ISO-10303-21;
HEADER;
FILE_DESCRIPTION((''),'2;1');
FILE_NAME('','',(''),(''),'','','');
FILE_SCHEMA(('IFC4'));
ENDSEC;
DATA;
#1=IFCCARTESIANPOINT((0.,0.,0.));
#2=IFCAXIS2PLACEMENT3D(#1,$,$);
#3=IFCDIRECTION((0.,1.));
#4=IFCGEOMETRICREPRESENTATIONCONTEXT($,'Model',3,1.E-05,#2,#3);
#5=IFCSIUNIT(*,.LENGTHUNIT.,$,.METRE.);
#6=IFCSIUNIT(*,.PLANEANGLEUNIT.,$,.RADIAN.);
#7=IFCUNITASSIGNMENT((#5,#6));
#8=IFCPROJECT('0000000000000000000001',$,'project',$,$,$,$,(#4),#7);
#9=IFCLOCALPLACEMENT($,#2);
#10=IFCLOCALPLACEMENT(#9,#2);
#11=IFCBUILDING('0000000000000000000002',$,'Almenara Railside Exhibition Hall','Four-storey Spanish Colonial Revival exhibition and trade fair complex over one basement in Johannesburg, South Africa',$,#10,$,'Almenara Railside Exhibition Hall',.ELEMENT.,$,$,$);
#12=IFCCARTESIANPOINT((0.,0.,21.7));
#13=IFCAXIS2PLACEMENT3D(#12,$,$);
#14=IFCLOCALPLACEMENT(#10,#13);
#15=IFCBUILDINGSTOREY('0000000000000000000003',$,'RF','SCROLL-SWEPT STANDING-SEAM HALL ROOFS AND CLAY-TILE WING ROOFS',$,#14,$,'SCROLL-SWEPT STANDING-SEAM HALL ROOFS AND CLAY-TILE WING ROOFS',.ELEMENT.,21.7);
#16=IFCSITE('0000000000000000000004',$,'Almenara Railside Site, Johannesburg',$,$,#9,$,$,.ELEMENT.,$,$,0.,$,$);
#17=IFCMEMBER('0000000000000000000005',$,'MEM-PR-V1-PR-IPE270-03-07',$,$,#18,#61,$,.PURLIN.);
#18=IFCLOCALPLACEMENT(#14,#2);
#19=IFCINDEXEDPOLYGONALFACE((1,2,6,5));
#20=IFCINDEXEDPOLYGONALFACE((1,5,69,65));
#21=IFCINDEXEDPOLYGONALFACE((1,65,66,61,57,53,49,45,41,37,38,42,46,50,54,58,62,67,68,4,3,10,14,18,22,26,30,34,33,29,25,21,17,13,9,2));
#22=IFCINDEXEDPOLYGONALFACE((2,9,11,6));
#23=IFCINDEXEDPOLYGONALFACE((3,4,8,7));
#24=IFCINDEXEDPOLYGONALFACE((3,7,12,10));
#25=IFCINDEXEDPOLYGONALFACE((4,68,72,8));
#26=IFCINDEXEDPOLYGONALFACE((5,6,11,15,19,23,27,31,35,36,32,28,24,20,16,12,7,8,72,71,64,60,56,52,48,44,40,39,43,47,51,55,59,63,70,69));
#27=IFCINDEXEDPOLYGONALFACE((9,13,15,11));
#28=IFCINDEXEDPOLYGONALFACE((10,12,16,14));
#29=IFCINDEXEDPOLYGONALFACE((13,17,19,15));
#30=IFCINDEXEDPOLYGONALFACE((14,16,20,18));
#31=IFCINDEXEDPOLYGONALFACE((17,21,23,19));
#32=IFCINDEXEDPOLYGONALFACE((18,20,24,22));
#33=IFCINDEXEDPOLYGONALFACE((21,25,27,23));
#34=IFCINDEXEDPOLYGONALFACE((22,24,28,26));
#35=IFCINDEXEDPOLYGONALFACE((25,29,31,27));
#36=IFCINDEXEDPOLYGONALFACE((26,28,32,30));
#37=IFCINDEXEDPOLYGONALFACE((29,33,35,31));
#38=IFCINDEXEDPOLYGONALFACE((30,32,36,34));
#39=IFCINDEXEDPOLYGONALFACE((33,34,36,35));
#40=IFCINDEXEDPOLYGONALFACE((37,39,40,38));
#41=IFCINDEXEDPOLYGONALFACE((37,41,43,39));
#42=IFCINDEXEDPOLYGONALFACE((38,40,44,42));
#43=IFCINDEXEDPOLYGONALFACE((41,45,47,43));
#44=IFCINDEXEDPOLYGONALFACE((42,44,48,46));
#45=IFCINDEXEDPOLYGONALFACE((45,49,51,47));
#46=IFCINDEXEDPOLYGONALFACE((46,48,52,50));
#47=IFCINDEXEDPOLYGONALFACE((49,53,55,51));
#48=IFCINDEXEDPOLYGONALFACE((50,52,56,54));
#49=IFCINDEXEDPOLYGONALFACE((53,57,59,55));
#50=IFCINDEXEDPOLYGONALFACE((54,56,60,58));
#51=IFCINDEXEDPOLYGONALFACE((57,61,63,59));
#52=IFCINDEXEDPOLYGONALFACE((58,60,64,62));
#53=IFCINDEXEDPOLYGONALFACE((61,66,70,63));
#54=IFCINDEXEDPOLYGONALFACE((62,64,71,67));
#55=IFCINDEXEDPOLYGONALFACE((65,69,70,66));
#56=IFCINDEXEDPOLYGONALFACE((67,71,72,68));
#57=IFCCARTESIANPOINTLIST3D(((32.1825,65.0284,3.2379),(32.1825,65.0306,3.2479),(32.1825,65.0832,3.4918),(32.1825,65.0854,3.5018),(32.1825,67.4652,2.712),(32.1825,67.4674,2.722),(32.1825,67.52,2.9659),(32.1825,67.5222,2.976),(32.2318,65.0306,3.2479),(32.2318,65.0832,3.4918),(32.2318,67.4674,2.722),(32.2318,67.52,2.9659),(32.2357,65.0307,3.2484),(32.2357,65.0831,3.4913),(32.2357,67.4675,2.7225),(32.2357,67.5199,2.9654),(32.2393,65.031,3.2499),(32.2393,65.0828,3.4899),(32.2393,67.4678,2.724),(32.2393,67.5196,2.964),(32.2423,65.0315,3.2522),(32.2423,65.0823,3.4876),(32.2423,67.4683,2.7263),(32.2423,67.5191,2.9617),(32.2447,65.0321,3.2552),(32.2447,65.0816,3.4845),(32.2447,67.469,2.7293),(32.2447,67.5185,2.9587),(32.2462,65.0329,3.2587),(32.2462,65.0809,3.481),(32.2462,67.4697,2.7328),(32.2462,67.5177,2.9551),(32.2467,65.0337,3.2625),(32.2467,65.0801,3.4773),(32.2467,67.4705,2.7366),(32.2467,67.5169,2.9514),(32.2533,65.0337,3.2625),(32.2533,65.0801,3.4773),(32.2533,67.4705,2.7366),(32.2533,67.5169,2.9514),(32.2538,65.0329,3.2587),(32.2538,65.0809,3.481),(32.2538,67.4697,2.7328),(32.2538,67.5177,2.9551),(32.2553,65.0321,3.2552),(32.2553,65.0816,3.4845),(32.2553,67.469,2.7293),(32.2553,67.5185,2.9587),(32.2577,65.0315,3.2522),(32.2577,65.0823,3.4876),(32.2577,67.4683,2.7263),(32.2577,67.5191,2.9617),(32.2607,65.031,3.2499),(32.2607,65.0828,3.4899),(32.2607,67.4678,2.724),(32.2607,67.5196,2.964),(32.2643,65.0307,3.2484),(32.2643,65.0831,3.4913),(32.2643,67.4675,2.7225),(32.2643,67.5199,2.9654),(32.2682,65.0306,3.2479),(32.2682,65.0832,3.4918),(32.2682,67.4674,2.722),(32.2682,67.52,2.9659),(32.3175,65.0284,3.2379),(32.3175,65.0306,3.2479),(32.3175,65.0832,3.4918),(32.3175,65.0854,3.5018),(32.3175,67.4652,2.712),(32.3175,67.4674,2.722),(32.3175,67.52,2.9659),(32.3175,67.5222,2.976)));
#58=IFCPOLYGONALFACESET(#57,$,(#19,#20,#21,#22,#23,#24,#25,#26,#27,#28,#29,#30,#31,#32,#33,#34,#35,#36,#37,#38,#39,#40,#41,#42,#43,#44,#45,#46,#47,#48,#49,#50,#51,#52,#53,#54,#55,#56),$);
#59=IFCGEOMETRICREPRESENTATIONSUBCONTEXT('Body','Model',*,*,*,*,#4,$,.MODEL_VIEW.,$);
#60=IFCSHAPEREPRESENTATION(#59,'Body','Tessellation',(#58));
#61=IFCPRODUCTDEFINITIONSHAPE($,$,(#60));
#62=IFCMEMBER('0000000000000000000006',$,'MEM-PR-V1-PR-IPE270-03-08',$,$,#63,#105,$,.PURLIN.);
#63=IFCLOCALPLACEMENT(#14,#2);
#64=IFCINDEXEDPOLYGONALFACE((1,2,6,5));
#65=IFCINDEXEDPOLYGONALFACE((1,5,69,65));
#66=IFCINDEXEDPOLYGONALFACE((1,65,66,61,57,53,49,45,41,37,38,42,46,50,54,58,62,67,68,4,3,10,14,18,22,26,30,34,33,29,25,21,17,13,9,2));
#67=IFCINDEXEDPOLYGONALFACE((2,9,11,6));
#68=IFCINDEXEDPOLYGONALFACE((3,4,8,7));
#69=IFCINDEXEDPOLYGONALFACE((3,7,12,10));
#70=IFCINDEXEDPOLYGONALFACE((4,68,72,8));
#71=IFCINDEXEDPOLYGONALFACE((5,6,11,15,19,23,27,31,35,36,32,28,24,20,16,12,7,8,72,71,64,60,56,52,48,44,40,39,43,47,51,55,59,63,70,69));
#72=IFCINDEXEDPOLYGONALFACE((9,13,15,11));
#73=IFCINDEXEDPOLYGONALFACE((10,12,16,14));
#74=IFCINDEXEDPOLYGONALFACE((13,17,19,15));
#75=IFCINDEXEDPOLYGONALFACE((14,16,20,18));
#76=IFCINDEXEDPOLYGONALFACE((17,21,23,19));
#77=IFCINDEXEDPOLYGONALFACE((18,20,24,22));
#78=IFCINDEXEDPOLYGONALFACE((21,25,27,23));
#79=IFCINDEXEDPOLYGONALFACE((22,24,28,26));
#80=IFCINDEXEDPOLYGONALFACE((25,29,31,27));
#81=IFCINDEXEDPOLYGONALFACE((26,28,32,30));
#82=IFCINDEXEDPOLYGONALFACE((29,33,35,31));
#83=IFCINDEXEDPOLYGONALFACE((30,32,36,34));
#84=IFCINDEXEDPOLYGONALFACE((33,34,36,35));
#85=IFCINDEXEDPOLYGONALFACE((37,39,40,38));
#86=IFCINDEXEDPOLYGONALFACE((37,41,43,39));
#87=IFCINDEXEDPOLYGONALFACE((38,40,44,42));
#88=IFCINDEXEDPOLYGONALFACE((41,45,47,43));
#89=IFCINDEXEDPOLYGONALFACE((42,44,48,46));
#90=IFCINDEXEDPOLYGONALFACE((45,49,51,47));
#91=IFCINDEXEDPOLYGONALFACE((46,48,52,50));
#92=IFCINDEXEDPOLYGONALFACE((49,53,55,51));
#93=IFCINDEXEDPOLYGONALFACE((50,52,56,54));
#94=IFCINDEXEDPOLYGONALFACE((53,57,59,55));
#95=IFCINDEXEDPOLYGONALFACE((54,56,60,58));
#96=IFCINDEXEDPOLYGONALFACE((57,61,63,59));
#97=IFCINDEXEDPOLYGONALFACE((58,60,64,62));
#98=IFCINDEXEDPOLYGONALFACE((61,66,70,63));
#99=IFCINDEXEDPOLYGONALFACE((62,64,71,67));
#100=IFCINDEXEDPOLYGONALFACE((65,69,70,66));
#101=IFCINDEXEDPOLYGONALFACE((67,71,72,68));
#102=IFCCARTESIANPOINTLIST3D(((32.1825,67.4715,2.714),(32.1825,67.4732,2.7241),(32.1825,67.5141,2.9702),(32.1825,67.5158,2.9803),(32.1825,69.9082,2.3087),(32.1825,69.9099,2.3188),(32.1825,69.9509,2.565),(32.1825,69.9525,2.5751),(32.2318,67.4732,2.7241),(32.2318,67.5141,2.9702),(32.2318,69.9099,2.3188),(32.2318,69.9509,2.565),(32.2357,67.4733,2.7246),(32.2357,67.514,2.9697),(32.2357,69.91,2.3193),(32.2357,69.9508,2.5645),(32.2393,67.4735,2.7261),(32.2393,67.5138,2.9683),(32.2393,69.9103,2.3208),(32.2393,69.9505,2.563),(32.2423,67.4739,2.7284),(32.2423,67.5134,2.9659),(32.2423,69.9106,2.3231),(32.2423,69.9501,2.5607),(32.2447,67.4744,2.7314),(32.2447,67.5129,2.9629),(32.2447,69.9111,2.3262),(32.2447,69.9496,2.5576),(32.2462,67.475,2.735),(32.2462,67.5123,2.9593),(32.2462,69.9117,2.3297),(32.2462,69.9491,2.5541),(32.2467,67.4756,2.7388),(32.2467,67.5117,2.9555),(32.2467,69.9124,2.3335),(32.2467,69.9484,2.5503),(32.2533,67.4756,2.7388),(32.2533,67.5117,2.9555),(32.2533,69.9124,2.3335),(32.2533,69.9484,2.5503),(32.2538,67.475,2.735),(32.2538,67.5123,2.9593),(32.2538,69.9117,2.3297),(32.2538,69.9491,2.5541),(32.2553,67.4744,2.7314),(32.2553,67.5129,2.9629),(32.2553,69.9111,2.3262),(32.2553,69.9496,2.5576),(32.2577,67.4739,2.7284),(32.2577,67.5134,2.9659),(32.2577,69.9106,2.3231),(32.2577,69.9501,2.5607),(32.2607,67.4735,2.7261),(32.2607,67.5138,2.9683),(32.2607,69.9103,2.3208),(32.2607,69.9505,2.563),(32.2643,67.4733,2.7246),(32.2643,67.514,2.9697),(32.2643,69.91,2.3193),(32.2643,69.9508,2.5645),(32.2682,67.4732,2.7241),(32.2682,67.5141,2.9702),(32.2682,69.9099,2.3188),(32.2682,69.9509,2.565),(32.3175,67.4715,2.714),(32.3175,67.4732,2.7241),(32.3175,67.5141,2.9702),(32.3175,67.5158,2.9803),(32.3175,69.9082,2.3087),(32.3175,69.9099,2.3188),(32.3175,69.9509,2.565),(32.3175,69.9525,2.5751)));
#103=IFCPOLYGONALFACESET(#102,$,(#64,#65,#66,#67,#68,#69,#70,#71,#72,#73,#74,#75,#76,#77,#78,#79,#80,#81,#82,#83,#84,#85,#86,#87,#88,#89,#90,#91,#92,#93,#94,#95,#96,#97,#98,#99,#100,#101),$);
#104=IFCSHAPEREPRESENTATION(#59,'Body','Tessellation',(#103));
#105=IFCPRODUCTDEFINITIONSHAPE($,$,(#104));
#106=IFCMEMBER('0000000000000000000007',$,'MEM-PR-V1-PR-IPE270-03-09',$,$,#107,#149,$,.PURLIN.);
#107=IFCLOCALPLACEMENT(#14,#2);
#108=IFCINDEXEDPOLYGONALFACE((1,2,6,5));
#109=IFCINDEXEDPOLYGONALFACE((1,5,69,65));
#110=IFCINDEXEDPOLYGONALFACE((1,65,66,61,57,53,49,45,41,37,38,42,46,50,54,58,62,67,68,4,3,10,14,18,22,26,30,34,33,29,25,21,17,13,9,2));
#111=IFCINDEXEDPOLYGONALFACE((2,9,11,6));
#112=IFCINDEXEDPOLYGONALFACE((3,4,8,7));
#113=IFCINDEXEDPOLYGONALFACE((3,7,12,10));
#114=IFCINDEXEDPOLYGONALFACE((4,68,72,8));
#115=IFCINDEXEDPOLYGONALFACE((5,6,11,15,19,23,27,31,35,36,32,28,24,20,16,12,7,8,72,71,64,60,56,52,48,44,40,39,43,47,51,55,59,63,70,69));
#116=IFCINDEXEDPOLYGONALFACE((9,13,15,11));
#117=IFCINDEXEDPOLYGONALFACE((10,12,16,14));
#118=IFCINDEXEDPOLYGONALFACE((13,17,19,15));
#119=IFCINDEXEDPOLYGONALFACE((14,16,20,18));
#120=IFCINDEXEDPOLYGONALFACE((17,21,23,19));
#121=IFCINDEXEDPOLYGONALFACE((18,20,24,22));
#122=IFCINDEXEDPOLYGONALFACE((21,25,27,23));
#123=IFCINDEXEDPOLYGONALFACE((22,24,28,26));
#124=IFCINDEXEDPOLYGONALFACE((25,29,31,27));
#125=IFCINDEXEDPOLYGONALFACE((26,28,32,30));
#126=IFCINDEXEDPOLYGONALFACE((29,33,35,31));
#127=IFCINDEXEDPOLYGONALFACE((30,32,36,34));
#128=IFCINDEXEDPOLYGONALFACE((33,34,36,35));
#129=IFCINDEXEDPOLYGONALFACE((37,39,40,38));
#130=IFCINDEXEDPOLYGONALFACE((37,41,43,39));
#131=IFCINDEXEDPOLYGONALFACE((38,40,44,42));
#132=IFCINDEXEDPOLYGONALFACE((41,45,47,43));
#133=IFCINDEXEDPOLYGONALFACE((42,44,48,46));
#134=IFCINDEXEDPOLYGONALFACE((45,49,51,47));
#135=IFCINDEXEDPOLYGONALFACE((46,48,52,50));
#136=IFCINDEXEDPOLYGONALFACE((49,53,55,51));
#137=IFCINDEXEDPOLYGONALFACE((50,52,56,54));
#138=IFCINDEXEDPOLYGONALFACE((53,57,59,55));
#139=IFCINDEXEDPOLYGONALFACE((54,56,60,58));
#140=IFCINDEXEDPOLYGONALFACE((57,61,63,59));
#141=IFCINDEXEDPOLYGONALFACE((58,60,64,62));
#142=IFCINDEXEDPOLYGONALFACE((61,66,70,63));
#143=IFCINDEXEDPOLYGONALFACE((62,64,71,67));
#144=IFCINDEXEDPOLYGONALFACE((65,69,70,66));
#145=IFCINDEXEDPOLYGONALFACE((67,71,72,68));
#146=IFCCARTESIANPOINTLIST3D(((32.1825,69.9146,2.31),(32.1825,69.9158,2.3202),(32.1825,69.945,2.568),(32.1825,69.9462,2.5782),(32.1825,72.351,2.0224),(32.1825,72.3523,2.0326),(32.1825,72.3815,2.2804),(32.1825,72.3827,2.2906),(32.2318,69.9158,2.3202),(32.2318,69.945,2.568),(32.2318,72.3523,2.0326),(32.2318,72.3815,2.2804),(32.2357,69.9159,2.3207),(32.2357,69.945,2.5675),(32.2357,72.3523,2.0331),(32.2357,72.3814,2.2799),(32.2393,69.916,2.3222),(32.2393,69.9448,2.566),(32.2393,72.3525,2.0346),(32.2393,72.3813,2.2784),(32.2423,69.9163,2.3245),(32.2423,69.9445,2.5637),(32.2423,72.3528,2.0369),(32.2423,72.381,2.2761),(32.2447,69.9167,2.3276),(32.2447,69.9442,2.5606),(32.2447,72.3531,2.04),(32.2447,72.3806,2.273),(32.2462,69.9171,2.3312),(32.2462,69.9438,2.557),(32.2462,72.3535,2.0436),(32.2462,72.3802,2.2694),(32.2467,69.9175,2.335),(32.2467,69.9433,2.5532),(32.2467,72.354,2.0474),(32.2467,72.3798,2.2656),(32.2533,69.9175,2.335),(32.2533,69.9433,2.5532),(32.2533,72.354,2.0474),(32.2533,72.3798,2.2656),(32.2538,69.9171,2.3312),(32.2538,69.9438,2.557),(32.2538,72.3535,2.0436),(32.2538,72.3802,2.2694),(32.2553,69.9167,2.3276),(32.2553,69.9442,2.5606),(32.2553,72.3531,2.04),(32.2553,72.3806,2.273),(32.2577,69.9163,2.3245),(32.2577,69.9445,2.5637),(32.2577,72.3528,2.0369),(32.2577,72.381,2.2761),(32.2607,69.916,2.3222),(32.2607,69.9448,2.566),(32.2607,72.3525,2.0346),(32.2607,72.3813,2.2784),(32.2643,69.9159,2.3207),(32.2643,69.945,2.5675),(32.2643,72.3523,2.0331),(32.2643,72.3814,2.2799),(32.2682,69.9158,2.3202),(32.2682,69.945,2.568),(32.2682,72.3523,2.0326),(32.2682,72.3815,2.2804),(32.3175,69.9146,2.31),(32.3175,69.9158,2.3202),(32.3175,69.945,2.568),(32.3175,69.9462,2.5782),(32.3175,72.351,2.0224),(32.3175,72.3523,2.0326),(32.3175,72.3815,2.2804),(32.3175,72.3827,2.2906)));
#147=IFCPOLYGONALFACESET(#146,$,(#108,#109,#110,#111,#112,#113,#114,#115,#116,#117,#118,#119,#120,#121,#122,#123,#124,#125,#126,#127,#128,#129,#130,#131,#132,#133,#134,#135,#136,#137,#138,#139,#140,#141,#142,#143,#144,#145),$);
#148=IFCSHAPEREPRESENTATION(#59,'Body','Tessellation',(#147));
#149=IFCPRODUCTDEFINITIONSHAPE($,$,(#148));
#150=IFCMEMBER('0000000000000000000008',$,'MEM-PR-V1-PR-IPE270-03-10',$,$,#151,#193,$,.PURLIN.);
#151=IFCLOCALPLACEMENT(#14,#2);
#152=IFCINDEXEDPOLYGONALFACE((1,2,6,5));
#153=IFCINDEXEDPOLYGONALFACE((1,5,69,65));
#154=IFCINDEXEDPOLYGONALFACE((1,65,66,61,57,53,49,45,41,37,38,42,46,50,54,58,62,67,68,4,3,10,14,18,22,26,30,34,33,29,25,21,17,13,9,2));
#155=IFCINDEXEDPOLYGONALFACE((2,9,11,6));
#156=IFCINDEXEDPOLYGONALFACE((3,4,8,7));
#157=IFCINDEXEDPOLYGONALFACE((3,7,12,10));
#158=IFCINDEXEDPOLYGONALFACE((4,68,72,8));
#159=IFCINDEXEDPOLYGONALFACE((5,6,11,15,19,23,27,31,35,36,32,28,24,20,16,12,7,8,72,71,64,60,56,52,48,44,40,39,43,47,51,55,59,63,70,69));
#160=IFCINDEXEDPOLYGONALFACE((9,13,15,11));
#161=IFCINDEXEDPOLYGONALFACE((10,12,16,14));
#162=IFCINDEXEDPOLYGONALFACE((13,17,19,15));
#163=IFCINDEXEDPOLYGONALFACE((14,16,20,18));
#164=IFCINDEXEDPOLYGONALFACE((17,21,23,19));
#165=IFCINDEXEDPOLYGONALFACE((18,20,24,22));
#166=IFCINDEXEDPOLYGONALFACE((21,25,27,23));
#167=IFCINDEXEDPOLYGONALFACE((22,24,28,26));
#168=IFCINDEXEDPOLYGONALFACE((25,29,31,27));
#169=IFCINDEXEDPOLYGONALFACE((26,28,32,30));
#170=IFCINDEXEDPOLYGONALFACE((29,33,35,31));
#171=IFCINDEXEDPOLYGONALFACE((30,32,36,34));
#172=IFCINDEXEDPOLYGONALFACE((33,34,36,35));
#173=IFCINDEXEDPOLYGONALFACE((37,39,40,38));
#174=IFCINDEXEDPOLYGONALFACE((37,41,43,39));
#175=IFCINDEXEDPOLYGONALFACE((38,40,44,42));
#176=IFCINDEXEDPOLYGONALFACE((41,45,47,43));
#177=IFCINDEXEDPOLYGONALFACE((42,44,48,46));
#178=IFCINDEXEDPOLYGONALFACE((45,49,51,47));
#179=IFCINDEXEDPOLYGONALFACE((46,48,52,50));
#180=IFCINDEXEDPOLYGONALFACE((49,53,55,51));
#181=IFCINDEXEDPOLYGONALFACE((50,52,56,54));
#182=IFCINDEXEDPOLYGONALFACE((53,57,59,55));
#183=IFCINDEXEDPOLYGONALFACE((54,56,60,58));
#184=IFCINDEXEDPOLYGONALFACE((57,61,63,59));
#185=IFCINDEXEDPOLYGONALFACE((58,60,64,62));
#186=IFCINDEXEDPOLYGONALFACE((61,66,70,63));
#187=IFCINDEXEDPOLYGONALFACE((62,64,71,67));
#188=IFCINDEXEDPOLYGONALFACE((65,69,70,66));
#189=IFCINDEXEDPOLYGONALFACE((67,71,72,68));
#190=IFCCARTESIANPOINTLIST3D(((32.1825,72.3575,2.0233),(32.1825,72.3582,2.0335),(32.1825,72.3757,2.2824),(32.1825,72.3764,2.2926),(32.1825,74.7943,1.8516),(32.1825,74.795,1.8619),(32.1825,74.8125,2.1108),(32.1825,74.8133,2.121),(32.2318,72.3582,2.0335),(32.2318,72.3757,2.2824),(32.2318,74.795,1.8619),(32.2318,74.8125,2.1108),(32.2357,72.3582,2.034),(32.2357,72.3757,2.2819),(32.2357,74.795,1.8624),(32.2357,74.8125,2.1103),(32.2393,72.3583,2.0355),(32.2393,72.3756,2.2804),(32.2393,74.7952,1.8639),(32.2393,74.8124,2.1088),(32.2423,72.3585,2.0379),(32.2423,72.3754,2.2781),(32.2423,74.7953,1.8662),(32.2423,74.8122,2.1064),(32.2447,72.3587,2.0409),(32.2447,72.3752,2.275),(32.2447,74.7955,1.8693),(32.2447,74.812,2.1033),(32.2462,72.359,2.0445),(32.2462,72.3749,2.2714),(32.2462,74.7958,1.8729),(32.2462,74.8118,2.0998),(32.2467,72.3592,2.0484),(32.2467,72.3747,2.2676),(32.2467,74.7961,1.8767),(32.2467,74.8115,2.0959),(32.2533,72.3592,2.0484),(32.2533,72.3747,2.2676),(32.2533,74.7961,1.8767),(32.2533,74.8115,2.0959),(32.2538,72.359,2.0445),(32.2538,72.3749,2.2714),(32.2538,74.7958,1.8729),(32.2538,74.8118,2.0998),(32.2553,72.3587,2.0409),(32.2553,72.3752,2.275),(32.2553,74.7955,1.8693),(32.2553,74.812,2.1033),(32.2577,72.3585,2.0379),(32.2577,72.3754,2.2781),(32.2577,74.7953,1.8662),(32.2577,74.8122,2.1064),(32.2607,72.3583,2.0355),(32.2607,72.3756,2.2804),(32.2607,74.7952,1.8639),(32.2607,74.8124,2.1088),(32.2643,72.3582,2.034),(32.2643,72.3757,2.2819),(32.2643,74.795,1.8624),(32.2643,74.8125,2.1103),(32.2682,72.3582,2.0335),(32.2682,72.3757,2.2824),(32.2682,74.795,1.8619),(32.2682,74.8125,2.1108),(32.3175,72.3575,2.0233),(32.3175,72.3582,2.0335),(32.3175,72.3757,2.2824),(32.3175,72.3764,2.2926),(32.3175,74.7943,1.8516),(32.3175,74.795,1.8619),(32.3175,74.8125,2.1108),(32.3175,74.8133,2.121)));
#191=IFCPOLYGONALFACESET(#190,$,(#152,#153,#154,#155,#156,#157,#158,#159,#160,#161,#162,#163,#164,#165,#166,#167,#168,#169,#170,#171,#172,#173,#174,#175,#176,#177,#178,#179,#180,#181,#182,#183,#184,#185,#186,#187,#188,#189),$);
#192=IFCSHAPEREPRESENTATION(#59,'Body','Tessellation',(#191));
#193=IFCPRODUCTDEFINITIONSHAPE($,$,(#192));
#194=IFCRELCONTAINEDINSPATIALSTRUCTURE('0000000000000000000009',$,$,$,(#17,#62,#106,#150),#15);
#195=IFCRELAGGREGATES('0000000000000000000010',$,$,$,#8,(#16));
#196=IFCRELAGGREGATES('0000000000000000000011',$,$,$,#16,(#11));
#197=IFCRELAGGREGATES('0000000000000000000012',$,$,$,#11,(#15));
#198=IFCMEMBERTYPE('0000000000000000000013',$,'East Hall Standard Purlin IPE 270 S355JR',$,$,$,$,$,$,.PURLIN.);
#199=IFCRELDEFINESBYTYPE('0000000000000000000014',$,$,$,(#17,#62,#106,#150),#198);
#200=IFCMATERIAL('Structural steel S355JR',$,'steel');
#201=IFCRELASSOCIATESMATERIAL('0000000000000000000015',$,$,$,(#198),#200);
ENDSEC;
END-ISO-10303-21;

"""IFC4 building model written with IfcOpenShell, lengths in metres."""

from ifc_helpers import new_model, si_unit, direction, frame, origin, origin_2d, place, context, subcontext, project, spatial, i_section, extrude, material, material_profile, profile_set, type_object, element, save


model = new_model("IFC4")

# Units and contexts
model_context = context("Model", 3, precision=1e-05, world=origin(), true_north=direction((0.0, 1.0)))
body_context = subcontext(model_context, "Body", "Model", "MODEL_VIEW")
ifc_project = project(units=[si_unit("LENGTHUNIT", "METRE"), si_unit("PLANEANGLEUNIT", "RADIAN")], contexts=[model_context])

# Site, building, storey
site_placement = place(None, origin())
site = spatial("IfcSite", under=ifc_project, at=site_placement, Name="Almenara Railside Site, Johannesburg", CompositionType="ELEMENT", RefElevation=0.0)
building_placement = place(site_placement, origin())
building = spatial("IfcBuilding", under=site, at=building_placement, Name="Almenara Railside Exhibition Hall", Description="Four-storey Spanish Colonial Revival exhibition and trade fair complex over one basement in Johannesburg, South Africa", LongName="Almenara Railside Exhibition Hall", CompositionType="ELEMENT")
storey_placement = place(building_placement, frame((0.0, 0.0, 21.7)))
storey = spatial("IfcBuildingStorey", under=building, at=storey_placement, Name="RF", Description="SCROLL-SWEPT STANDING-SEAM HALL ROOFS AND CLAY-TILE WING ROOFS", LongName="SCROLL-SWEPT STANDING-SEAM HALL ROOFS AND CLAY-TILE WING ROOFS", CompositionType="ELEMENT", Elevation=21.7)

# Members
ifc_material_1 = material(Name="Structural steel S355JR", Category="steel")
ifc_material_profile_1 = material_profile(ifc_material_1, i_section(OverallWidth=0.135, OverallDepth=0.27, WebThickness=0.0066, FlangeThickness=0.0103, FilletRadius=0.0149, at=origin_2d()), Name="IPE 270")
ifc_profile_set_1 = profile_set([ifc_material_profile_1], Name="Structural steel S355JR")
member_type_1 = type_object("IfcMemberType", Name="East Hall Standard Purlin IPE 270 S355JR", PredefinedType="PURLIN", material=ifc_profile_set_1)
member_1_placement = place(storey_placement, frame((32.25, 65.0569, 3.3699), z_axis=(0.0, 0.977496, -0.210953), x_axis=(-1.0, 0.0, 0.0)))
element("IfcMember", 1, at=member_1_placement, inside=storey, type_object=member_type_1, Name="MEM-PR-V1-PR-IPE270-03-07", PredefinedType="PURLIN", context=body_context, shape_type="SweptSolid", body=[
    extrude(i_section(OverallWidth=0.135, OverallDepth=0.27, WebThickness=0.0066, FlangeThickness=0.0103, FilletRadius=0.0149, at=origin_2d()), origin(), (0.0, 0.0, 1.0), 2.4929),
])
member_2_placement = place(storey_placement, frame((32.25, 67.4937, 2.8472), z_axis=(0.0, 0.98645, -0.164062), x_axis=(-1.0, 0.0, 0.0)))
element("IfcMember", 2, at=member_2_placement, inside=storey, type_object=member_type_1, Name="MEM-PR-V1-PR-IPE270-03-08", PredefinedType="PURLIN", context=body_context, shape_type="SweptSolid", body=[
    extrude(i_section(OverallWidth=0.135, OverallDepth=0.27, WebThickness=0.0066, FlangeThickness=0.0103, FilletRadius=0.0149, at=origin_2d()), origin(), (0.0, 0.0, 1.0), 2.4702),
])
member_3_placement = place(storey_placement, frame((32.25, 69.9304, 2.4441), z_axis=(0.0, 0.993106, -0.117222), x_axis=(-1.0, 0.0, 0.0)))
element("IfcMember", 3, at=member_3_placement, inside=storey, type_object=member_type_1, Name="MEM-PR-V1-PR-IPE270-03-09", PredefinedType="PURLIN", context=body_context, shape_type="SweptSolid", body=[
    extrude(i_section(OverallWidth=0.135, OverallDepth=0.27, WebThickness=0.0066, FlangeThickness=0.0103, FilletRadius=0.0149, at=origin_2d()), origin(), (0.0, 0.0, 1.0), 2.4534),
])
member_4_placement = place(storey_placement, frame((32.25, 72.3669, 2.158), z_axis=(0.0, 0.997529, -0.07026), x_axis=(-1.0, 0.0, 0.0)))
element("IfcMember", 4, at=member_4_placement, inside=storey, type_object=member_type_1, Name="MEM-PR-V1-PR-IPE270-03-10", PredefinedType="PURLIN", context=body_context, shape_type="SweptSolid", body=[
    extrude(i_section(OverallWidth=0.135, OverallDepth=0.27, WebThickness=0.0066, FlangeThickness=0.0103, FilletRadius=0.0149, at=origin_2d()), origin(), (0.0, 0.0, 1.0), 2.4429),
])

save(model, "model.ifc")
